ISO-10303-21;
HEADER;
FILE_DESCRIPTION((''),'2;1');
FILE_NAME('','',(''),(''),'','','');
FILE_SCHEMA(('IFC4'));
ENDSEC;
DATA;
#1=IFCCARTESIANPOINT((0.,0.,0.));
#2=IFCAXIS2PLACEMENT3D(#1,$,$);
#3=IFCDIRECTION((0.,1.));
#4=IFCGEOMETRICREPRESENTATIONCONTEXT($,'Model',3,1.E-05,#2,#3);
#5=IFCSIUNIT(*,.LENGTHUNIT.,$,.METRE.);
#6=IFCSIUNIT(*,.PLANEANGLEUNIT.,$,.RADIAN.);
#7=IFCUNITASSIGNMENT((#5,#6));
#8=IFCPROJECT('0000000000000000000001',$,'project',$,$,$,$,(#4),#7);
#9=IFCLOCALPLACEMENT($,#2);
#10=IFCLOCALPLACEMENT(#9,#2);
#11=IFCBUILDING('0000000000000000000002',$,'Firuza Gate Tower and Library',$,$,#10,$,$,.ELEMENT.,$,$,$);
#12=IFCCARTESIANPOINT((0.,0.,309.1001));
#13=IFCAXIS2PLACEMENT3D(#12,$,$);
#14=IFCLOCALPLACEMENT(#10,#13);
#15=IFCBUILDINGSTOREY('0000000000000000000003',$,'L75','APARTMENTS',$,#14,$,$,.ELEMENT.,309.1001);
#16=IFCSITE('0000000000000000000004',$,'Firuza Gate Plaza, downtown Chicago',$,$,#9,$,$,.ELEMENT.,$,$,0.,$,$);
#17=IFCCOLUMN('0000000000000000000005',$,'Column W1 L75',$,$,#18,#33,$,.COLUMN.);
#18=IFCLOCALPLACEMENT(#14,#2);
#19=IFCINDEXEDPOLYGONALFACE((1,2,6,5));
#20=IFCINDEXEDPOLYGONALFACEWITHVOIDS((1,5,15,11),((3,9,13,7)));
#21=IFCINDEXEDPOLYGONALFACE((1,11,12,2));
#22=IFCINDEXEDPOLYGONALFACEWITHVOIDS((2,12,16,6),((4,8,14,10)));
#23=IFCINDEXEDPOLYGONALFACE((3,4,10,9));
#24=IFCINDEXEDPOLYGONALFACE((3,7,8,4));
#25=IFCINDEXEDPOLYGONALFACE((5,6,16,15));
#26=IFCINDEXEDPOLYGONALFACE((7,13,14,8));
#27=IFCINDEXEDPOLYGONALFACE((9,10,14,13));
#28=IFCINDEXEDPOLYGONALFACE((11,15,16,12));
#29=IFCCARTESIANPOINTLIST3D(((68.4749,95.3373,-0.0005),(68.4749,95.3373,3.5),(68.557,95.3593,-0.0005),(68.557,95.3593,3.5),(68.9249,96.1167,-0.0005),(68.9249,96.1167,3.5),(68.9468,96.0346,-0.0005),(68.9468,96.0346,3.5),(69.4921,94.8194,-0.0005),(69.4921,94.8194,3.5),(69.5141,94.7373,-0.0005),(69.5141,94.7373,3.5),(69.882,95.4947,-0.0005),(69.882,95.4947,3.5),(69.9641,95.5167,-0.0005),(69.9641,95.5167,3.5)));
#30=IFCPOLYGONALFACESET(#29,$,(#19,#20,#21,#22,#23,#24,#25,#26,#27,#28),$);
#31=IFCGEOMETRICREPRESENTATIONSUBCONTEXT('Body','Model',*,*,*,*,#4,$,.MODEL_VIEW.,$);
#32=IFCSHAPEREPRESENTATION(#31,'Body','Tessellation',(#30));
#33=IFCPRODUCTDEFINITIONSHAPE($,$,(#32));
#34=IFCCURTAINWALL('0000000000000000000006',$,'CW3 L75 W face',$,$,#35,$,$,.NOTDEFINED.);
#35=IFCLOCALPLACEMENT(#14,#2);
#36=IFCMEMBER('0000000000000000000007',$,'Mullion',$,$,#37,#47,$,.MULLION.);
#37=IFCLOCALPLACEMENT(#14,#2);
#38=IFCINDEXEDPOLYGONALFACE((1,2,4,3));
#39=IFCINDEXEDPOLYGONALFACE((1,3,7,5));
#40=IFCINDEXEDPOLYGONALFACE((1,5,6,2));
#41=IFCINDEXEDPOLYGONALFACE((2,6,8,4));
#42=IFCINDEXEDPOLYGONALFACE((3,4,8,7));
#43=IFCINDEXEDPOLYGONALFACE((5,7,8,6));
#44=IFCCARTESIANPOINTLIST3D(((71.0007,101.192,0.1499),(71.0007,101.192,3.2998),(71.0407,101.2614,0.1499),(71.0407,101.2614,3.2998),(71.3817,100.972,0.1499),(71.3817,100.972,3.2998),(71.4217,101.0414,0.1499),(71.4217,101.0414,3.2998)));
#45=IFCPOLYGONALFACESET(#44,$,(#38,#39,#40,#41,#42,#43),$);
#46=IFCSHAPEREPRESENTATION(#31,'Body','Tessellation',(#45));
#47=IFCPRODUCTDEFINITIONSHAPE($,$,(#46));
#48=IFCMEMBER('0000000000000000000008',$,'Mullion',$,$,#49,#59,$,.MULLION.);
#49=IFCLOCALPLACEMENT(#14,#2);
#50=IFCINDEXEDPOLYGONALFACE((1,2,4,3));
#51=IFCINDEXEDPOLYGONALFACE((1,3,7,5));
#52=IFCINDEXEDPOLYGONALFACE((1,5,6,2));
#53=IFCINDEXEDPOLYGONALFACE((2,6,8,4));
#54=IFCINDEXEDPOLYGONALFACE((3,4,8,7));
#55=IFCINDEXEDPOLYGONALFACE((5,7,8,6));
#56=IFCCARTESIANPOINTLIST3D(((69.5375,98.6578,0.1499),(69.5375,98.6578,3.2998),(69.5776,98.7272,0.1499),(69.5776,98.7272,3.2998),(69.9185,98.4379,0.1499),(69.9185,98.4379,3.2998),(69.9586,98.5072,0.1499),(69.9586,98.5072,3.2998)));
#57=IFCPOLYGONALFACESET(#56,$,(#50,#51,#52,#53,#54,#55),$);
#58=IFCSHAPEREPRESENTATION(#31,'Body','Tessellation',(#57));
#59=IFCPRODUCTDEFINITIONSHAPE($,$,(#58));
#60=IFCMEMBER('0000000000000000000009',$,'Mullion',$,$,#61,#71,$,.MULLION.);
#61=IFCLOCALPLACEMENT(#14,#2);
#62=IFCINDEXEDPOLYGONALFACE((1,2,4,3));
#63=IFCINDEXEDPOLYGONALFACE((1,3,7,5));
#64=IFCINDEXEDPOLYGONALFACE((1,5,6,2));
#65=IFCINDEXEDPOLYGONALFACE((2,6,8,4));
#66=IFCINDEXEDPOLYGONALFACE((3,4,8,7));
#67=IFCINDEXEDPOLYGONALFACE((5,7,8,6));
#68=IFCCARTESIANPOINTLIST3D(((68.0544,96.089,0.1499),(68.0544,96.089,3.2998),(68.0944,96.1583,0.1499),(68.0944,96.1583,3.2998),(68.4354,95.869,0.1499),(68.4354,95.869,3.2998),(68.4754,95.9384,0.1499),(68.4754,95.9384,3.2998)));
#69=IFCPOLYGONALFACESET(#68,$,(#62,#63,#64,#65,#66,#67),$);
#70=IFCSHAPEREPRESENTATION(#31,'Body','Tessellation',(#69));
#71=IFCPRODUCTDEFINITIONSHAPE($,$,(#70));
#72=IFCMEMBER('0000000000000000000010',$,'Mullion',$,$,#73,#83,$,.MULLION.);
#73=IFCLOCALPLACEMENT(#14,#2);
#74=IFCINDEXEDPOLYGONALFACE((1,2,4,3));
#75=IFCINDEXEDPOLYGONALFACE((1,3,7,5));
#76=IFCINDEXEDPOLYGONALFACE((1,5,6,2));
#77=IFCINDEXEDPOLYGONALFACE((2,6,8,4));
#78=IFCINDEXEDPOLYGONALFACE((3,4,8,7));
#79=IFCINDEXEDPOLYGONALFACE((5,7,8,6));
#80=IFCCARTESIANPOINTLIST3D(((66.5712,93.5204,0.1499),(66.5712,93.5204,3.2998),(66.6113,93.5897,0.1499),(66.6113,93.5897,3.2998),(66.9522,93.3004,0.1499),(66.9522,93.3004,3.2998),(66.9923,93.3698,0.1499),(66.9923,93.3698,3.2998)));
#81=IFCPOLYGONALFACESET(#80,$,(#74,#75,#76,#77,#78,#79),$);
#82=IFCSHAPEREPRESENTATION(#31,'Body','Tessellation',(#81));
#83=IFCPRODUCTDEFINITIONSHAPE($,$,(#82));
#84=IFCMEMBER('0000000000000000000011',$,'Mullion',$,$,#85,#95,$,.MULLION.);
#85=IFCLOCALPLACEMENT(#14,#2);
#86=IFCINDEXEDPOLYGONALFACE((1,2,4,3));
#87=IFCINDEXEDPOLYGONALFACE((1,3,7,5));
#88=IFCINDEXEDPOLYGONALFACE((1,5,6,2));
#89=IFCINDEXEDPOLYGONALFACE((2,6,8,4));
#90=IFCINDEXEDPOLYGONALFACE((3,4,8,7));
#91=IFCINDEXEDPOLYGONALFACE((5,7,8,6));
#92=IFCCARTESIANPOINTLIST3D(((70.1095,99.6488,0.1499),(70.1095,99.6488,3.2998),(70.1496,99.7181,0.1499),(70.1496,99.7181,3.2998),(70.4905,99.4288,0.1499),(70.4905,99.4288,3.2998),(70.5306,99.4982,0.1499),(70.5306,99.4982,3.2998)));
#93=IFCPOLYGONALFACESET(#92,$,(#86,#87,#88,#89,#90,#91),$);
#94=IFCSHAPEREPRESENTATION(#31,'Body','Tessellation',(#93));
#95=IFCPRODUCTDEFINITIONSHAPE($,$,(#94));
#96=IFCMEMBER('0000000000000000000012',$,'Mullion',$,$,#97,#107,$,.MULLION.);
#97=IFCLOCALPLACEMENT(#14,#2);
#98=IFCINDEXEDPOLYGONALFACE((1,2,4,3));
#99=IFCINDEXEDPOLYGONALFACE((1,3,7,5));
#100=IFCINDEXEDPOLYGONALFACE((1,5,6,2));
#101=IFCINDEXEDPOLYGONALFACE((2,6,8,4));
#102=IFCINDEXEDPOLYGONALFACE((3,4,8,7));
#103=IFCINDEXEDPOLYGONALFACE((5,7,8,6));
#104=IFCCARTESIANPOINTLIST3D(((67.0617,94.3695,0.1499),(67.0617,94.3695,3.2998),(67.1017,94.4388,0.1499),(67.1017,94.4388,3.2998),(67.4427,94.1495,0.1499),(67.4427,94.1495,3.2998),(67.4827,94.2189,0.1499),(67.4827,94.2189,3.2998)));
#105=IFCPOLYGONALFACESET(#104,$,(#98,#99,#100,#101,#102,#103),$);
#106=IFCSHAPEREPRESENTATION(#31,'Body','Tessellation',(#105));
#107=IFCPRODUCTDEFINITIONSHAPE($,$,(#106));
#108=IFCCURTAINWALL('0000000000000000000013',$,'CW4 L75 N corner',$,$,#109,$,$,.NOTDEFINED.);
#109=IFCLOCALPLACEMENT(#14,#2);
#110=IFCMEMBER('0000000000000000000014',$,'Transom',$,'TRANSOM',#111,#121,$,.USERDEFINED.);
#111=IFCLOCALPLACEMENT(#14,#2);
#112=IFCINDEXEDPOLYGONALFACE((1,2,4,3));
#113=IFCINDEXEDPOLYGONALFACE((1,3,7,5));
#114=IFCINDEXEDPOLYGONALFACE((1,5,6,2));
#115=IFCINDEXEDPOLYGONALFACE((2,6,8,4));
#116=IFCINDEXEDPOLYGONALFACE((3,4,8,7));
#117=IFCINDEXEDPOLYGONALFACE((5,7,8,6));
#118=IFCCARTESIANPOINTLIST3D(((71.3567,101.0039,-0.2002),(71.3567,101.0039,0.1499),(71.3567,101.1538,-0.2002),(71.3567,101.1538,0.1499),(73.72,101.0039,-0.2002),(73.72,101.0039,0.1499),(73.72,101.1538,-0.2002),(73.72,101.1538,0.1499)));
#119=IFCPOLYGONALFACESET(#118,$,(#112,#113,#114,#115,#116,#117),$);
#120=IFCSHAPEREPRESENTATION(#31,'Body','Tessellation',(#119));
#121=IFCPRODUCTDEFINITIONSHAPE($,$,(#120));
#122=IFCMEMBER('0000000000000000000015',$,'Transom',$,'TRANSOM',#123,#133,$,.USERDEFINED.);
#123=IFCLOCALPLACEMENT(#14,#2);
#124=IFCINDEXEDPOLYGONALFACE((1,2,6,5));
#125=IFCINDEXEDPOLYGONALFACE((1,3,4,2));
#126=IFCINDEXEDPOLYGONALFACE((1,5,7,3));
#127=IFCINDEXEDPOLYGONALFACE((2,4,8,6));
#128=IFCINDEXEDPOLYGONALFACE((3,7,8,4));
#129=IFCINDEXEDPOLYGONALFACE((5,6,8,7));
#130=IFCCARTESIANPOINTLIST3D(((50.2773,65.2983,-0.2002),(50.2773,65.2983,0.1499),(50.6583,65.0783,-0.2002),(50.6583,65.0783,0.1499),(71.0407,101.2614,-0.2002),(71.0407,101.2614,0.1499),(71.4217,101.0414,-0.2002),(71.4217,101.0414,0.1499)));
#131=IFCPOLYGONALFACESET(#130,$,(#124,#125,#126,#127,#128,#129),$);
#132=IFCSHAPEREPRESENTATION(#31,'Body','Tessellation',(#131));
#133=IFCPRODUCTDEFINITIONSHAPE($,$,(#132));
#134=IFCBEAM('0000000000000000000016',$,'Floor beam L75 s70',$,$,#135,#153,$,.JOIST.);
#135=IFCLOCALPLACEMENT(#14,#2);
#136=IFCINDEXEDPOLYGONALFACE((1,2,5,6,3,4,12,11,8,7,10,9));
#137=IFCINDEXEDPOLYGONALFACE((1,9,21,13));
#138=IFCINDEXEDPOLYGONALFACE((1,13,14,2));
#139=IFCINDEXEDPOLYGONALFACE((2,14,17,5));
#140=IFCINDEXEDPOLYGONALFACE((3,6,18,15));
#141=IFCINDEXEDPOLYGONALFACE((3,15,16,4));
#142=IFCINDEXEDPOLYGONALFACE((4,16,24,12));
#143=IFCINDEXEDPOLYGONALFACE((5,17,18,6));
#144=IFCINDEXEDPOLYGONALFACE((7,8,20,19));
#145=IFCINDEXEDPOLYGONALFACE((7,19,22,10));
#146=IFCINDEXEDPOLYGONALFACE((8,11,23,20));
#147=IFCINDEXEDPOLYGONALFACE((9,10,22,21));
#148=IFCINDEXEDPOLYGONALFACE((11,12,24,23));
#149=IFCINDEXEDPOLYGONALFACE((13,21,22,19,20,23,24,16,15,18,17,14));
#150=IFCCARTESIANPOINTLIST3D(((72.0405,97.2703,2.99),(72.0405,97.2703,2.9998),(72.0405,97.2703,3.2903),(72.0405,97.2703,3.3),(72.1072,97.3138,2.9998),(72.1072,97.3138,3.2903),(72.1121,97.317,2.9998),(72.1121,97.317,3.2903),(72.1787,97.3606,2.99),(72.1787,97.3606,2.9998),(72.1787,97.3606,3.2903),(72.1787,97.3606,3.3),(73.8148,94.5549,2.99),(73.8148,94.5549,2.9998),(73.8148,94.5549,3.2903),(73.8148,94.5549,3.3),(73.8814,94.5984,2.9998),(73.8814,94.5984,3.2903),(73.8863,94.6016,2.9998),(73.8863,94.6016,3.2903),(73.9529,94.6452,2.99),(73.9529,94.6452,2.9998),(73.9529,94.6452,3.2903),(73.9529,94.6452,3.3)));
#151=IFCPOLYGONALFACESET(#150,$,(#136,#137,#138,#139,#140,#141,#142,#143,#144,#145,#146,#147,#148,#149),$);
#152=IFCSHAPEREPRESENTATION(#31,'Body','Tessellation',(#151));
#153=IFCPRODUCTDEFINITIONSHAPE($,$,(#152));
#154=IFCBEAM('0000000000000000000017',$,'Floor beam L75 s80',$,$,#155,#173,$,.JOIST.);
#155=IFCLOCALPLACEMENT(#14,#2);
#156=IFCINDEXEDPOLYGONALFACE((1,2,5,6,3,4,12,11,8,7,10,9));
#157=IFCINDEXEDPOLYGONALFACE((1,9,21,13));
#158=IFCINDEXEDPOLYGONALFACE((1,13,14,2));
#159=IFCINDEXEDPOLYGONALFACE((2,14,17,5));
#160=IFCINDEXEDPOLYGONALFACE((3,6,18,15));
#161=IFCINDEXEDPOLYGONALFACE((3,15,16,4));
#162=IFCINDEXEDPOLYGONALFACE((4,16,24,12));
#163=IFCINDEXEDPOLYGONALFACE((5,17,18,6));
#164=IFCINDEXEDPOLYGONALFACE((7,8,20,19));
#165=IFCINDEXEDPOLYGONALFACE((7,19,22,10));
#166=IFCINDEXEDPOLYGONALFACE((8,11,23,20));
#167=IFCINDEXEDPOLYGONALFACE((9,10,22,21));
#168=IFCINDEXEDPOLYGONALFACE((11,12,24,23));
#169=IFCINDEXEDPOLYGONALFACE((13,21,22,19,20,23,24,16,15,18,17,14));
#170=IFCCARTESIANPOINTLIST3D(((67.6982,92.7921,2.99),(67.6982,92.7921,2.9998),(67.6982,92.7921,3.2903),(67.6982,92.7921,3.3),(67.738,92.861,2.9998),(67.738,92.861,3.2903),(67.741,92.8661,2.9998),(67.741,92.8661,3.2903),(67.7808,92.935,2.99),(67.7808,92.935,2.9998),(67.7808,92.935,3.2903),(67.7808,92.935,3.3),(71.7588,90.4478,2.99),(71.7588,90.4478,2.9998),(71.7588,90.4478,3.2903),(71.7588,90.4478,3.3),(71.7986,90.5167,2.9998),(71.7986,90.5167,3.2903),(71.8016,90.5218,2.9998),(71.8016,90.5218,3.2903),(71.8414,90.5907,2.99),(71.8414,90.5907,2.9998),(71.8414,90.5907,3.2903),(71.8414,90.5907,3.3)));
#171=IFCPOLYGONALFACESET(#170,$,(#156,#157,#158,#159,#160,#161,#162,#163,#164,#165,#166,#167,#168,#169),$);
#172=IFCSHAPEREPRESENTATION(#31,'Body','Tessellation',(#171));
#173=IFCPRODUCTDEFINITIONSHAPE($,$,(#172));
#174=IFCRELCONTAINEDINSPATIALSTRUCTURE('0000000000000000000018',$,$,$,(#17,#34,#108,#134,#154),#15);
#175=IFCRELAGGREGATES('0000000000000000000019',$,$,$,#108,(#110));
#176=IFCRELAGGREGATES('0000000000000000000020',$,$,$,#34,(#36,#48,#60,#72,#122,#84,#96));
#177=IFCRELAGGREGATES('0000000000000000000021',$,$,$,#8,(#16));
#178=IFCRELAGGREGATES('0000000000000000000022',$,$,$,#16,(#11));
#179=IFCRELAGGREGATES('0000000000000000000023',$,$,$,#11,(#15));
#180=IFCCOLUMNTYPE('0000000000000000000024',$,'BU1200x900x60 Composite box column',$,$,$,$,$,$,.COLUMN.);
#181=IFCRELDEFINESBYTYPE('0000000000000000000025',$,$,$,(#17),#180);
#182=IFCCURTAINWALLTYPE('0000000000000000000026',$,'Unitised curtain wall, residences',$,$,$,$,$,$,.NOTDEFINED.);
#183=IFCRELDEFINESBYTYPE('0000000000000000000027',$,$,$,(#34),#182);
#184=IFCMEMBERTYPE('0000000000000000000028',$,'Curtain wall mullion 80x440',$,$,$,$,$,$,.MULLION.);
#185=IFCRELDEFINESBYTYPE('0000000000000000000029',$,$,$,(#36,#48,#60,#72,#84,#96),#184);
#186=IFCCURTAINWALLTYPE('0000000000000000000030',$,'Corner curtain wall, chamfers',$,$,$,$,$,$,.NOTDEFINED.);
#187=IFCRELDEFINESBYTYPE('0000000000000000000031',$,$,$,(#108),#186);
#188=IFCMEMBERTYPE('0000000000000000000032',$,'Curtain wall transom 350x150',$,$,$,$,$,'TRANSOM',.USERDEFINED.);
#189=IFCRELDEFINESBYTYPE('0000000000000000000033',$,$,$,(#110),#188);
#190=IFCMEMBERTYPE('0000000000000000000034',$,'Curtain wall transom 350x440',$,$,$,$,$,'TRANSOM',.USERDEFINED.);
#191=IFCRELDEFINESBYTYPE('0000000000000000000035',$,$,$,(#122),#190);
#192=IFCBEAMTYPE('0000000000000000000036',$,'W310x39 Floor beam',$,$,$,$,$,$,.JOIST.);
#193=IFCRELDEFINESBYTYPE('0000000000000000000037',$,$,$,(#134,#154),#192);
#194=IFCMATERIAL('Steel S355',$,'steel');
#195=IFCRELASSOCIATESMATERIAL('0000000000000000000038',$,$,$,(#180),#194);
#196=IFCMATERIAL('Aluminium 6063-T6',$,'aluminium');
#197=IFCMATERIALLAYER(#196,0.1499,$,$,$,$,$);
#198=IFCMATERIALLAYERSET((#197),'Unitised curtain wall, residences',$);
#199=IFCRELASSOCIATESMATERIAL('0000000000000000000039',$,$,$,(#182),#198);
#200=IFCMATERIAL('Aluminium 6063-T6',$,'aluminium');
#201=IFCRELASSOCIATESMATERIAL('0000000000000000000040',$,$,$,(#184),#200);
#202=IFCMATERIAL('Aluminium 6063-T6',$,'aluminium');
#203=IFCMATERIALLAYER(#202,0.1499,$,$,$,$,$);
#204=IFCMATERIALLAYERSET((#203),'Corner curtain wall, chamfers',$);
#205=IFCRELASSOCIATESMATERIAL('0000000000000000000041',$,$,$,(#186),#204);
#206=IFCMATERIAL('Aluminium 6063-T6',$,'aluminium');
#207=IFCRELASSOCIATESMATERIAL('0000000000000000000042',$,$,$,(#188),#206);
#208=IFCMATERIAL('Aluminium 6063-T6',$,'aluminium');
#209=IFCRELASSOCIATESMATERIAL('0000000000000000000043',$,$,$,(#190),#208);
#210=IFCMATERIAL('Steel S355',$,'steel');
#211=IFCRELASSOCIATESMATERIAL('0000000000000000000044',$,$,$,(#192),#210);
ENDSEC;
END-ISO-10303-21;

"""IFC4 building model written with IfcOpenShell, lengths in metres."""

from ifc_helpers import new_model, si_unit, direction, frame, origin, origin_2d, place, context, subcontext, project, spatial, rectangle, hollow_rectangle, i_section, extrude, material, layer, layer_set, material_profile, profile_set, type_object, element, aggregate, save


model = new_model("IFC4")

# Units and contexts
model_context = context("Model", 3, precision=1e-05, world=origin(), true_north=direction((0.0, 1.0)))
body_context = subcontext(model_context, "Body", "Model", "MODEL_VIEW")
ifc_project = project(units=[si_unit("LENGTHUNIT", "METRE"), si_unit("PLANEANGLEUNIT", "RADIAN")], contexts=[model_context])

# Site, building, storey
site_placement = place(None, origin())
site = spatial("IfcSite", under=ifc_project, at=site_placement, Name="Firuza Gate Plaza, downtown Chicago", CompositionType="ELEMENT", RefElevation=0.0)
building_placement = place(site_placement, origin())
building = spatial("IfcBuilding", under=site, at=building_placement, Name="Firuza Gate Tower and Library", CompositionType="ELEMENT")
storey_placement = place(building_placement, frame((0.0, 0.0, 309.1001)))
storey = spatial("IfcBuildingStorey", under=building, at=storey_placement, Name="L75", Description="APARTMENTS", CompositionType="ELEMENT", Elevation=309.1001)

# Column
ifc_material_1 = material(Name="Steel S355", Category="steel")
ifc_material_profile_1 = material_profile(ifc_material_1, hollow_rectangle(XDim=0.8999, YDim=1.2, WallThickness=0.0601, at=origin_2d()))
ifc_profile_set_1 = profile_set([ifc_material_profile_1], Name="Steel S355")
column_type = type_object("IfcColumnType", Name="BU1200x900x60 Composite box column", PredefinedType="COLUMN", material=ifc_profile_set_1)
column_placement = place(storey_placement, frame((69.2195, 95.427, -0.0005), z_axis=(0.0, 0.0, 1.0), x_axis=(-0.5, -0.866025, 0.0)))
element("IfcColumn", 1, at=column_placement, inside=storey, type_object=column_type, Name="Column W1 L75", PredefinedType="COLUMN", context=body_context, shape_type="SweptSolid", body=[
    extrude(hollow_rectangle(XDim=0.8999, YDim=1.2, WallThickness=0.0601, at=origin_2d()), origin(), (0.0, 0.0, 1.0), 3.5005),
])

# Curtain wall, members
ifc_material_2 = material(Name="Aluminium 6063-T6", Category="aluminium")
ifc_layer_1 = layer(ifc_material_2, 0.1499)
ifc_layer_set_1 = layer_set([ifc_layer_1], Name="Unitised curtain wall, residences")
curtain_wall_type_1 = type_object("IfcCurtainWallType", Name="Unitised curtain wall, residences", PredefinedType="NOTDEFINED", material=ifc_layer_set_1)
placement = place(storey_placement, origin())
curtain_wall_1 = element("IfcCurtainWall", 2, at=placement, inside=storey, type_object=curtain_wall_type_1, Name="CW3 L75 W face", PredefinedType="NOTDEFINED")
ifc_material_3 = material(Name="Aluminium 6063-T6", Category="aluminium")
ifc_material_profile_2 = material_profile(ifc_material_3, rectangle(XDim=0.4399, YDim=0.0801, at=origin_2d()))
ifc_profile_set_2 = profile_set([ifc_material_profile_2], Name="Aluminium 6063-T6")
member_type_1 = type_object("IfcMemberType", Name="Curtain wall mullion 80x440", PredefinedType="MULLION", material=ifc_profile_set_2)
member_1_placement = place(storey_placement, frame((71.2112, 101.1167, 0.1499), z_axis=(0.0, 0.0, 1.0), x_axis=(0.866025, -0.5, 0.0)))
member_1 = element("IfcMember", 3, at=member_1_placement, type_object=member_type_1, Name="Mullion", PredefinedType="MULLION", context=body_context, shape_type="SweptSolid", body=[
    extrude(rectangle(XDim=0.4399, YDim=0.0801, at=origin_2d()), origin(), (0.0, 0.0, 1.0), 3.1499),
])
member_2_placement = place(storey_placement, frame((69.748, 98.5825, 0.1499), z_axis=(0.0, 0.0, 1.0), x_axis=(0.866025, -0.5, 0.0)))
member_2 = element("IfcMember", 4, at=member_2_placement, type_object=member_type_1, Name="Mullion", PredefinedType="MULLION", context=body_context, shape_type="SweptSolid", body=[
    extrude(rectangle(XDim=0.4399, YDim=0.0801, at=origin_2d()), origin(), (0.0, 0.0, 1.0), 3.1499),
])
member_3_placement = place(storey_placement, frame((68.2649, 96.0137, 0.1499), z_axis=(0.0, 0.0, 1.0), x_axis=(0.866025, -0.5, 0.0)))
member_3 = element("IfcMember", 5, at=member_3_placement, type_object=member_type_1, Name="Mullion", PredefinedType="MULLION", context=body_context, shape_type="SweptSolid", body=[
    extrude(rectangle(XDim=0.4399, YDim=0.0801, at=origin_2d()), origin(), (0.0, 0.0, 1.0), 3.1499),
])
member_4_placement = place(storey_placement, frame((66.7817, 93.4451, 0.1499), z_axis=(0.0, 0.0, 1.0), x_axis=(0.866025, -0.5, 0.0)))
member_4 = element("IfcMember", 6, at=member_4_placement, type_object=member_type_1, Name="Mullion", PredefinedType="MULLION", context=body_context, shape_type="SweptSolid", body=[
    extrude(rectangle(XDim=0.4399, YDim=0.0801, at=origin_2d()), origin(), (0.0, 0.0, 1.0), 3.1499),
])
member_5_placement = place(storey_placement, frame((70.3201, 99.5735, 0.1499), z_axis=(0.0, 0.0, 1.0), x_axis=(0.866025, -0.5, 0.0)))
member_5 = element("IfcMember", 7, at=member_5_placement, type_object=member_type_1, Name="Mullion", PredefinedType="MULLION", context=body_context, shape_type="SweptSolid", body=[
    extrude(rectangle(XDim=0.4399, YDim=0.0801, at=origin_2d()), origin(), (0.0, 0.0, 1.0), 3.1499),
])
member_6_placement = place(storey_placement, frame((67.2722, 94.2942, 0.1499), z_axis=(0.0, 0.0, 1.0), x_axis=(0.866025, -0.5, 0.0)))
member_6 = element("IfcMember", 8, at=member_6_placement, type_object=member_type_1, Name="Mullion", PredefinedType="MULLION", context=body_context, shape_type="SweptSolid", body=[
    extrude(rectangle(XDim=0.4399, YDim=0.0801, at=origin_2d()), origin(), (0.0, 0.0, 1.0), 3.1499),
])

# Curtain wall, member
ifc_material_4 = material(Name="Aluminium 6063-T6", Category="aluminium")
ifc_layer_2 = layer(ifc_material_4, 0.1499)
ifc_layer_set_2 = layer_set([ifc_layer_2], Name="Corner curtain wall, chamfers")
curtain_wall_type_2 = type_object("IfcCurtainWallType", Name="Corner curtain wall, chamfers", PredefinedType="NOTDEFINED", material=ifc_layer_set_2)
curtain_wall_2 = element("IfcCurtainWall", 9, at=placement, inside=storey, type_object=curtain_wall_type_2, Name="CW4 L75 N corner", PredefinedType="NOTDEFINED")
ifc_material_5 = material(Name="Aluminium 6063-T6", Category="aluminium")
ifc_material_profile_3 = material_profile(ifc_material_5, rectangle(XDim=0.1499, YDim=0.3501, at=origin_2d()))
ifc_profile_set_3 = profile_set([ifc_material_profile_3], Name="Aluminium 6063-T6")
member_type_2 = type_object("IfcMemberType", Name="Curtain wall transom 350x150", ElementType="TRANSOM", PredefinedType="USERDEFINED", material=ifc_profile_set_3)
member_7_placement = place(storey_placement, frame((73.72, 101.0789, -0.0251), z_axis=(-1.0, 0.0, 0.0), x_axis=(0.0, -1.0, 0.0)))
member_7 = element("IfcMember", 10, at=member_7_placement, type_object=member_type_2, Name="Transom", ObjectType="TRANSOM", PredefinedType="USERDEFINED", context=body_context, shape_type="SweptSolid", body=[
    extrude(rectangle(XDim=0.1499, YDim=0.3501, at=origin_2d()), origin(), (0.0, 0.0, 1.0), 2.3633),
])
aggregate(curtain_wall_2, [member_7])

# Member
ifc_material_6 = material(Name="Aluminium 6063-T6", Category="aluminium")
ifc_material_profile_4 = material_profile(ifc_material_6, rectangle(XDim=0.4399, YDim=0.3501, at=origin_2d()))
ifc_profile_set_4 = profile_set([ifc_material_profile_4], Name="Aluminium 6063-T6")
member_type_3 = type_object("IfcMemberType", Name="Curtain wall transom 350x440", ElementType="TRANSOM", PredefinedType="USERDEFINED", material=ifc_profile_set_4)
member_8_placement = place(storey_placement, frame((71.2312, 101.1514, -0.0251), z_axis=(-0.500002, -0.866024, 0.0), x_axis=(0.866024, -0.500002, 0.0)))
member_8 = element("IfcMember", 11, at=member_8_placement, type_object=member_type_3, Name="Transom", ObjectType="TRANSOM", PredefinedType="USERDEFINED", context=body_context, shape_type="SweptSolid", body=[
    extrude(rectangle(XDim=0.4399, YDim=0.3501, at=origin_2d()), origin(), (0.0, 0.0, 1.0), 41.5266),
])

# Beams
ifc_material_7 = material(Name="Steel S355", Category="steel")
ifc_material_profile_5 = material_profile(ifc_material_7, i_section(OverallWidth=0.165, OverallDepth=0.3101, WebThickness=0.0059, FlangeThickness=0.0098, at=origin_2d()))
ifc_profile_set_5 = profile_set([ifc_material_profile_5], Name="Steel S355")
beam_type_1 = type_object("IfcBeamType", Name="W310x39 Floor beam", PredefinedType="JOIST", material=ifc_profile_set_5)
beam_1_placement = place(storey_placement, frame((72.1096, 97.3154, 3.145), z_axis=(0.546982, -0.837145, 0.0), x_axis=(0.837145, 0.546982, 0.0)))
element("IfcBeam", 12, at=beam_1_placement, inside=storey, type_object=beam_type_1, Name="Floor beam L75 s70", PredefinedType="JOIST", context=body_context, shape_type="SweptSolid", body=[
    extrude(i_section(OverallWidth=0.165, OverallDepth=0.3101, WebThickness=0.0059, FlangeThickness=0.0098, at=origin_2d()), origin(), (0.0, 0.0, 1.0), 3.2437),
])
beam_2_placement = place(storey_placement, frame((67.7395, 92.8635, 3.145), z_axis=(0.866036, -0.499981, 0.0), x_axis=(0.499981, 0.866036, 0.0)))
element("IfcBeam", 13, at=beam_2_placement, inside=storey, type_object=beam_type_1, Name="Floor beam L75 s80", PredefinedType="JOIST", context=body_context, shape_type="SweptSolid", body=[
    extrude(i_section(OverallWidth=0.165, OverallDepth=0.3101, WebThickness=0.0059, FlangeThickness=0.0098, at=origin_2d()), origin(), (0.0, 0.0, 1.0), 4.6887),
])

aggregate(curtain_wall_1, [member_1, member_2, member_3, member_4, member_8, member_5, member_6])

save(model, "model.ifc")
